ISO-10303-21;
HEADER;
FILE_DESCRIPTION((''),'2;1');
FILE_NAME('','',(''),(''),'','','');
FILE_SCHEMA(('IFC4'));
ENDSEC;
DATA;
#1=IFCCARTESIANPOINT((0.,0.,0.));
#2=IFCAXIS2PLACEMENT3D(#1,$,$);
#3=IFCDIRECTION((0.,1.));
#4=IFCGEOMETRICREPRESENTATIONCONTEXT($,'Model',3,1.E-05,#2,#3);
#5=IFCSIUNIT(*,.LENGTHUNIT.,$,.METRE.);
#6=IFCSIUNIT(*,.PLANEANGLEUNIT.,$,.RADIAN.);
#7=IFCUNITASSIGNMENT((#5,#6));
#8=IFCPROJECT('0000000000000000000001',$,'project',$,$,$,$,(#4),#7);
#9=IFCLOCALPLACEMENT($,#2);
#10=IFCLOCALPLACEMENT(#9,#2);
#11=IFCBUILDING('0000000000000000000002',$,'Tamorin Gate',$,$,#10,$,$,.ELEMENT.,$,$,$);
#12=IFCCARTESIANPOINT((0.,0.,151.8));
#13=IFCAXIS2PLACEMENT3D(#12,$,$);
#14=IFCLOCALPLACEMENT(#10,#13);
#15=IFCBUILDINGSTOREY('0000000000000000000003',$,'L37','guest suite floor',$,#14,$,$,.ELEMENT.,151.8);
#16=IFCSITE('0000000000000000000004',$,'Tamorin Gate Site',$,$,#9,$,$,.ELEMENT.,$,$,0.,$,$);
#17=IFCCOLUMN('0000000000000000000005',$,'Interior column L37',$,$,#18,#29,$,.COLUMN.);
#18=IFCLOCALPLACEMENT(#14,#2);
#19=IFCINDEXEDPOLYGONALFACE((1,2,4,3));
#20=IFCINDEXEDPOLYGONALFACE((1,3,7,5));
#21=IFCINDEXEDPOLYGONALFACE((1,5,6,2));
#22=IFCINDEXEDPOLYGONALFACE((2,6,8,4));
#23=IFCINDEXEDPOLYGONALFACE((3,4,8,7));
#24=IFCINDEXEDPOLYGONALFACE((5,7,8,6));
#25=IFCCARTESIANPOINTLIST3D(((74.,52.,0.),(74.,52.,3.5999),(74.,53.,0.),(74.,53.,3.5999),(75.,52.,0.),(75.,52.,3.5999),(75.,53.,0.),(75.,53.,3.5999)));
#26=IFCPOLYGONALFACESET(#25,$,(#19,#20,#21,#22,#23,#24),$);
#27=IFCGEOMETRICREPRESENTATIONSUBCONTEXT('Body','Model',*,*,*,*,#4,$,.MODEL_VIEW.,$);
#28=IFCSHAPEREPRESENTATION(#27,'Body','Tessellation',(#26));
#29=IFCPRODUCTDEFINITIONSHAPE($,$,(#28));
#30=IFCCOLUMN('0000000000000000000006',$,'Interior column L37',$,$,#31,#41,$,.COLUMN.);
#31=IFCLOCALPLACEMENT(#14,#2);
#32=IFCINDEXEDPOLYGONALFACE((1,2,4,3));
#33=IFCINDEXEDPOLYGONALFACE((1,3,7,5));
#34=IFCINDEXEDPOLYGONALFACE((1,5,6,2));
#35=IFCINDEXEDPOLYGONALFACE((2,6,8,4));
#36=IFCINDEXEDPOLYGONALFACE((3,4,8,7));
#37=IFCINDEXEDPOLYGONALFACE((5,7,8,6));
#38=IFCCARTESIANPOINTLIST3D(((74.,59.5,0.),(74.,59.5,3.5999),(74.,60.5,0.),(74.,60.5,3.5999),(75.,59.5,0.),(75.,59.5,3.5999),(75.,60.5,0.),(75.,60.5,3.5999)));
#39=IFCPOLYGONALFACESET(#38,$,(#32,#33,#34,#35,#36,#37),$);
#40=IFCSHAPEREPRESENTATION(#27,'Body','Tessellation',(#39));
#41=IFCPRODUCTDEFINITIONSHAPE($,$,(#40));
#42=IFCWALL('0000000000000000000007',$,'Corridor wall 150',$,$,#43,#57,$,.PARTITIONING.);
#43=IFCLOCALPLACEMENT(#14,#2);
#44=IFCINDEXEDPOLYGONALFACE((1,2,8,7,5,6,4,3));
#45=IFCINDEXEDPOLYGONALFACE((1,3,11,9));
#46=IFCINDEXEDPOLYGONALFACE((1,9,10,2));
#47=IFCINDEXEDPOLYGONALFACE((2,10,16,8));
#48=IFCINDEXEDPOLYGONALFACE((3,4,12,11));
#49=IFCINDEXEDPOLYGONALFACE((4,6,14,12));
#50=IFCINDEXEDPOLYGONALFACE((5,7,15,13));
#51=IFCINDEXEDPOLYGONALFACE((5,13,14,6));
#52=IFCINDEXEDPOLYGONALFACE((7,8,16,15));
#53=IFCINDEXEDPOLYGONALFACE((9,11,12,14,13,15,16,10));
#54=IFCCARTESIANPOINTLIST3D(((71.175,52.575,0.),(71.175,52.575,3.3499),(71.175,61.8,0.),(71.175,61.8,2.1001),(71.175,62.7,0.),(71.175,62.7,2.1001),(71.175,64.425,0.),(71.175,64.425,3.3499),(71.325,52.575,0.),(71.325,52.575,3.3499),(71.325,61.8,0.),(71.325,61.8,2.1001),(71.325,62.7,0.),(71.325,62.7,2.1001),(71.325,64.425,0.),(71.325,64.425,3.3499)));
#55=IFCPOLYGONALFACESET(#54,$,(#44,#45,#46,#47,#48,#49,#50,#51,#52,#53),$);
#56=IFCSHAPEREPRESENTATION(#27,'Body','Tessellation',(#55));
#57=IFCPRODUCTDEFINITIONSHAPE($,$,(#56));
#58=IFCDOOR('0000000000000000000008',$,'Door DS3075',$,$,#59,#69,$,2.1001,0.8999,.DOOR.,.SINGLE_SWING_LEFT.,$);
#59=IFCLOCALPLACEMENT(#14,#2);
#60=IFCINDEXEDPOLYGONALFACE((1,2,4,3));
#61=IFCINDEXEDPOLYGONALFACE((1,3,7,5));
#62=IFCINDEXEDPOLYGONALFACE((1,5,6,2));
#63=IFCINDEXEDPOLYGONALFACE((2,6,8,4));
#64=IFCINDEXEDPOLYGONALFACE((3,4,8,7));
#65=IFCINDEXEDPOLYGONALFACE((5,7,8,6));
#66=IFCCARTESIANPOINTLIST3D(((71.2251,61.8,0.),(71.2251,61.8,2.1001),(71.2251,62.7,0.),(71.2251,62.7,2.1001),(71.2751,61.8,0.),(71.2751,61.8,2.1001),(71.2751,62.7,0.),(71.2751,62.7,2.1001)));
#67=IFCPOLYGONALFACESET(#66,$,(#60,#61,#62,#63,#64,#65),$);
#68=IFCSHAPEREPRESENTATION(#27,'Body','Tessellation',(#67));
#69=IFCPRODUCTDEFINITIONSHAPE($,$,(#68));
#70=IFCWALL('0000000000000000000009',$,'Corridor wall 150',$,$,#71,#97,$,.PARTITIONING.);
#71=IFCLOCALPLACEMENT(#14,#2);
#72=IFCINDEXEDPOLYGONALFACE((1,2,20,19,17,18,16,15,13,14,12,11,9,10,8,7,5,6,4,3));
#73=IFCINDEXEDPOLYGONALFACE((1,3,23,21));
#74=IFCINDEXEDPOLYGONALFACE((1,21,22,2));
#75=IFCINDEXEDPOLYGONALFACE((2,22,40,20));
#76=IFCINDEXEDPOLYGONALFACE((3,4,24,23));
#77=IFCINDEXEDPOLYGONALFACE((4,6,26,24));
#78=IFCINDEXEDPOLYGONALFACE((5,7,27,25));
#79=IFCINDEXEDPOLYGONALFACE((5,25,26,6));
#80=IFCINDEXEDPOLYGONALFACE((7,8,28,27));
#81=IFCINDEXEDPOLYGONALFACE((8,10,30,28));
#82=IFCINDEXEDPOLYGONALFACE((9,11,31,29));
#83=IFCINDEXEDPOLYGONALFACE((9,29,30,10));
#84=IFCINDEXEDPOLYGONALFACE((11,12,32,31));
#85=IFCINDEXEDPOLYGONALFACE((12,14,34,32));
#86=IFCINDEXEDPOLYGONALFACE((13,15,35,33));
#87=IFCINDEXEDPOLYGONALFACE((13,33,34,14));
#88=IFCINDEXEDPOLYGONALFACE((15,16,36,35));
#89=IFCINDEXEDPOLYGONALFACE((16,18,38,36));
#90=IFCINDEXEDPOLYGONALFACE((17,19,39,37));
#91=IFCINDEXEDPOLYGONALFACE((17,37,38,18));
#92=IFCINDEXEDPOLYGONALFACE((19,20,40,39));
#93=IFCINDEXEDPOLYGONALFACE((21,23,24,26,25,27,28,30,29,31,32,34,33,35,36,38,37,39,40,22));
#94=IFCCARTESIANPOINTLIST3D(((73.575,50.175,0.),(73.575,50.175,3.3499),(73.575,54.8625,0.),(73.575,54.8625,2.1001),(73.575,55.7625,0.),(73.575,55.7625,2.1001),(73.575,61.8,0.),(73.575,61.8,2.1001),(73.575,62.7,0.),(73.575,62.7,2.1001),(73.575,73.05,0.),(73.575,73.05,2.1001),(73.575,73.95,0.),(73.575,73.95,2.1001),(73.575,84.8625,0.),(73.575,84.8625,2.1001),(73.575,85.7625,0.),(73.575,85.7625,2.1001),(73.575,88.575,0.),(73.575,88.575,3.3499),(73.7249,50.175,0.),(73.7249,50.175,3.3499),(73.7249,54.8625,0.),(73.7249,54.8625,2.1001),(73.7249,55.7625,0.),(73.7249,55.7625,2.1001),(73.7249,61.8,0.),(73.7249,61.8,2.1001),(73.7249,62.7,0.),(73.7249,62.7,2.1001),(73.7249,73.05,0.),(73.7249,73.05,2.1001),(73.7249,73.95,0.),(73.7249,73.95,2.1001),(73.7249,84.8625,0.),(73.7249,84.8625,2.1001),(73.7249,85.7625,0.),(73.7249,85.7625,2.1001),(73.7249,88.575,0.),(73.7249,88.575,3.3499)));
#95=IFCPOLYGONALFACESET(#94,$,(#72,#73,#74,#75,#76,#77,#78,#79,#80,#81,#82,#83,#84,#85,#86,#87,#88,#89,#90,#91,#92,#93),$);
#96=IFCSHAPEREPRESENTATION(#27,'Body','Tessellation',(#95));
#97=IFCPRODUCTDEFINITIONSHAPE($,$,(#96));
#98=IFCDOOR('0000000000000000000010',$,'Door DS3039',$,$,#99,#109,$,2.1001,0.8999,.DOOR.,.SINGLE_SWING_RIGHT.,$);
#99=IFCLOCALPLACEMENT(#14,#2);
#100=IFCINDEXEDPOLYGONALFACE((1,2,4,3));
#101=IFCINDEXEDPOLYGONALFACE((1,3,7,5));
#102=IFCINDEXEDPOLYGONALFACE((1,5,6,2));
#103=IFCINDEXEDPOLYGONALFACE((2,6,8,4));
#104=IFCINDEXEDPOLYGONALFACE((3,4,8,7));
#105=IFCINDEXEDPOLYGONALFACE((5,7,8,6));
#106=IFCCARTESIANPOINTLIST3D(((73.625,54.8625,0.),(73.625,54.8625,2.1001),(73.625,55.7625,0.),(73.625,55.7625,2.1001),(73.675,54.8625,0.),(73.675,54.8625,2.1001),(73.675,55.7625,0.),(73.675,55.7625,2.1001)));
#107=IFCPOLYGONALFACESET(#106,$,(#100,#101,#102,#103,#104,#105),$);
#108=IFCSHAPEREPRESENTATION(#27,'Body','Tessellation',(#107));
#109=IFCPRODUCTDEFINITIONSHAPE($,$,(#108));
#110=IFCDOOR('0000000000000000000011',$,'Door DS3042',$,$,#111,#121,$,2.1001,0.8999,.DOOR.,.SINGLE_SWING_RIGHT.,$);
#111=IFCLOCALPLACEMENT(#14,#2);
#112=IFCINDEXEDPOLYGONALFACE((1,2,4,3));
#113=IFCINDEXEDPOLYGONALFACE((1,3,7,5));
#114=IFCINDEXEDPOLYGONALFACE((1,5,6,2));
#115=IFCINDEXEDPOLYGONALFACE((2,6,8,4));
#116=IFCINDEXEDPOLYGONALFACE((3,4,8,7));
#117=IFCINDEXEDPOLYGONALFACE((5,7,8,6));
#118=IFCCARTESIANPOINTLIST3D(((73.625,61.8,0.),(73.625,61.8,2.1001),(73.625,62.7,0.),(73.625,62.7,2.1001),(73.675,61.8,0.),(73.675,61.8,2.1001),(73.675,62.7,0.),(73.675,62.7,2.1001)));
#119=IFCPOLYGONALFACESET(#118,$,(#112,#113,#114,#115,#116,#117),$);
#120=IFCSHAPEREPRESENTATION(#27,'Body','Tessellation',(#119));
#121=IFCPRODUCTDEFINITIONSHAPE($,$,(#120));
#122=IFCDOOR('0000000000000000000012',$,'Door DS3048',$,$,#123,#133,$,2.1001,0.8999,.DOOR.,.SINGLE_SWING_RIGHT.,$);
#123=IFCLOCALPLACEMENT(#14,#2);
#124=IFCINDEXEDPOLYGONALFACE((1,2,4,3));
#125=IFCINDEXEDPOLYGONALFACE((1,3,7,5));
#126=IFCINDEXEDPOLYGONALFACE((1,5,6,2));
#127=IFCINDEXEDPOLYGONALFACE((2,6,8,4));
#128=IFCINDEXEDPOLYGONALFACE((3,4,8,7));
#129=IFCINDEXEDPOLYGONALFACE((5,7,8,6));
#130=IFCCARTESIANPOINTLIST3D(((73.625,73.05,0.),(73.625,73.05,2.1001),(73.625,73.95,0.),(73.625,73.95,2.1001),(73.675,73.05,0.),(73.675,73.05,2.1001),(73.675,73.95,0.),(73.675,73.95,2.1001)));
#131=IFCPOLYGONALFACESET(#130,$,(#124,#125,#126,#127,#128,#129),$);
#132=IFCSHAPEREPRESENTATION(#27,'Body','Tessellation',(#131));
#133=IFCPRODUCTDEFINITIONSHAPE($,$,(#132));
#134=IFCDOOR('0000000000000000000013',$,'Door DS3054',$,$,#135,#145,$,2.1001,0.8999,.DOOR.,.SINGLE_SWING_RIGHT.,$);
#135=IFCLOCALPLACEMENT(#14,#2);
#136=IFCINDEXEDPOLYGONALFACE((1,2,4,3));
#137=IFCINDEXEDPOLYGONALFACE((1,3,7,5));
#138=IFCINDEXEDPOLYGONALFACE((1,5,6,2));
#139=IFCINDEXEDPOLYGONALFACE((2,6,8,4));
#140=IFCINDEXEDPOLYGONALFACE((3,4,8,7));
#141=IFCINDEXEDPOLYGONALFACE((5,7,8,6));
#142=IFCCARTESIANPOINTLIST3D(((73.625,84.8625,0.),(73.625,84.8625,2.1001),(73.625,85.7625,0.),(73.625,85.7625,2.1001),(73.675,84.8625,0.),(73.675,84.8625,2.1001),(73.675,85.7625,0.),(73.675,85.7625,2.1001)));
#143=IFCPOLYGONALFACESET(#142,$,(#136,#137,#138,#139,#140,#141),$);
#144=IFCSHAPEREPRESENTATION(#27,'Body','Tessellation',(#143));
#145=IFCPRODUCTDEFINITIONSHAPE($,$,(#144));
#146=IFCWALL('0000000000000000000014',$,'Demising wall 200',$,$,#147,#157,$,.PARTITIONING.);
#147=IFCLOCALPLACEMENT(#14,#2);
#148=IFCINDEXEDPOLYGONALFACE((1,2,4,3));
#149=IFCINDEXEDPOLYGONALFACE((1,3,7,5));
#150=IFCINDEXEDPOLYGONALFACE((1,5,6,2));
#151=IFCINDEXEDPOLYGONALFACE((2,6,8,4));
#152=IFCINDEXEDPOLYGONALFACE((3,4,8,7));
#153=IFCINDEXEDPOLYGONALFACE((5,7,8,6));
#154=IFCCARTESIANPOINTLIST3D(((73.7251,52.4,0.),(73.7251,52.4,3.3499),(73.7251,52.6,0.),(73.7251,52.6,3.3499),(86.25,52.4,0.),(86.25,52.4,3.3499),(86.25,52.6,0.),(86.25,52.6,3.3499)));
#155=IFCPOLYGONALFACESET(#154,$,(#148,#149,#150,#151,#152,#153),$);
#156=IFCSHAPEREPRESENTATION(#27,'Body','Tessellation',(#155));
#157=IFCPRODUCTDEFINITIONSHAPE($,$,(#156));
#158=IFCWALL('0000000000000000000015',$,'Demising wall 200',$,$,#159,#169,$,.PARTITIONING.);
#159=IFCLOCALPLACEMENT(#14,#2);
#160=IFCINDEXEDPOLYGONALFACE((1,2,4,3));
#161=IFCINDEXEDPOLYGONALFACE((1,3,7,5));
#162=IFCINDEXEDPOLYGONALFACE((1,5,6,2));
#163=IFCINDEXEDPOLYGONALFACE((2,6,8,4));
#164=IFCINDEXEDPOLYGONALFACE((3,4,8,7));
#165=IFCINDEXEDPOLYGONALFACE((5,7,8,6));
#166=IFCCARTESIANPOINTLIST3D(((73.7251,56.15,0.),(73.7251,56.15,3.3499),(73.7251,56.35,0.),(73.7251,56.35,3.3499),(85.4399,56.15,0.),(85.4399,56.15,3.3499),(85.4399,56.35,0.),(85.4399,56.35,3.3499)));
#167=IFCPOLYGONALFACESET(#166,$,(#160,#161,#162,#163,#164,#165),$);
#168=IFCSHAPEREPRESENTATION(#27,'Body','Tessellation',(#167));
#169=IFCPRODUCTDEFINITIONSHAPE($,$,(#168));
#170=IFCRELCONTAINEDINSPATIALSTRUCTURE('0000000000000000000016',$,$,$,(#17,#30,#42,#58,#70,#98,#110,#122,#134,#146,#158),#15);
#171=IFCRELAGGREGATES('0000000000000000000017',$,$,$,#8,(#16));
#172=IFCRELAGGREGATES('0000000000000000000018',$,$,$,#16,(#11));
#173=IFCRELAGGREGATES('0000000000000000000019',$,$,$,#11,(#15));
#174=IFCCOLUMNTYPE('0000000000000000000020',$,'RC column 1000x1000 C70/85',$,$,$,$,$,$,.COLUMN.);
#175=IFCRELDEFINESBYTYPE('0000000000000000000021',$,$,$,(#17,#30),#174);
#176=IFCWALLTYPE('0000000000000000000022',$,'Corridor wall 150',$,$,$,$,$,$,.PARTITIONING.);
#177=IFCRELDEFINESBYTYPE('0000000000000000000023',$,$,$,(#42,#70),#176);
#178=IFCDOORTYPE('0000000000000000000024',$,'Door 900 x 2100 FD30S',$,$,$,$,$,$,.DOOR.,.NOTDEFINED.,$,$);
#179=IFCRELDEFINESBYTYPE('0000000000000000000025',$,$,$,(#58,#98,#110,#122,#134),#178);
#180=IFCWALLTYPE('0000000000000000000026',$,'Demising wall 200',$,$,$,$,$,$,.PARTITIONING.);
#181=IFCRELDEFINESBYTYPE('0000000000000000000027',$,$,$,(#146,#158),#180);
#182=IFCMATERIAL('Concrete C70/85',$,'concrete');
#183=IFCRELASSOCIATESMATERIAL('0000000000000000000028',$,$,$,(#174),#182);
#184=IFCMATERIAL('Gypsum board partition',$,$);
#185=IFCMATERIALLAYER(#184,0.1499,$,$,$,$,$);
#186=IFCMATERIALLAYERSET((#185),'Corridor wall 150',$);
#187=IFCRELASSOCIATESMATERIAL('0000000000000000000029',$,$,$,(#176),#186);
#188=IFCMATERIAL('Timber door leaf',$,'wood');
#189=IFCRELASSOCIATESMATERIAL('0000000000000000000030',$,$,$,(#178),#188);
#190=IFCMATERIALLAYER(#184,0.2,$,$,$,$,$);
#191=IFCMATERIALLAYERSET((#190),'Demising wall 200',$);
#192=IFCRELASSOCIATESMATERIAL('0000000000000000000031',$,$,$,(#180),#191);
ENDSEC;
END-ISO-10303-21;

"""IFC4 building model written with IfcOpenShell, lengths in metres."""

from ifc_helpers import new_model, si_unit, direction, frame, frame_2d, origin, origin_2d, place, context, subcontext, project, spatial, rectangle, extrude, material, layer, layer_set, material_profile, profile_set, type_object, element, fill, save


model = new_model("IFC4")

# Units and contexts
model_context = context("Model", 3, precision=1e-05, world=origin(), true_north=direction((0.0, 1.0)))
body_context = subcontext(model_context, "Body", "Model", "MODEL_VIEW")
ifc_project = project(units=[si_unit("LENGTHUNIT", "METRE"), si_unit("PLANEANGLEUNIT", "RADIAN")], contexts=[model_context])

# Site, building, storey
site_placement = place(None, origin())
site = spatial("IfcSite", under=ifc_project, at=site_placement, Name="Tamorin Gate Site", CompositionType="ELEMENT", RefElevation=0.0)
building_placement = place(site_placement, origin())
building = spatial("IfcBuilding", under=site, at=building_placement, Name="Tamorin Gate", CompositionType="ELEMENT")
storey_placement = place(building_placement, frame((0.0, 0.0, 151.8)))
storey = spatial("IfcBuildingStorey", under=building, at=storey_placement, Name="L37", Description="guest suite floor", CompositionType="ELEMENT", Elevation=151.8)

# Columns
ifc_material_1 = material(Name="Concrete C70/85", Category="concrete")
ifc_material_profile = material_profile(ifc_material_1, rectangle(XDim=1.0, YDim=1.0, at=origin_2d()), Name="RC 1000x1000")
ifc_profile_set = profile_set([ifc_material_profile], Name="Concrete C70/85")
column_type = type_object("IfcColumnType", Name="RC column 1000x1000 C70/85", PredefinedType="COLUMN", material=ifc_profile_set)
for number, where, z_axis, x_axis, name in (
    (1, (74.5, 52.5, 0.0), (0.0, 0.0, 1.0), (1.0, 0.0, 0.0), "Interior column L37"),
    (2, (74.5, 60.0, 0.0), (0.0, 0.0, 1.0), (1.0, 0.0, 0.0), "Interior column L37"),
):
    element("IfcColumn", number, at=place(storey_placement, frame(where, z_axis=z_axis, x_axis=x_axis)), inside=storey, type_object=column_type, Name=name, PredefinedType="COLUMN", context=body_context, shape_type="SweptSolid", body=[
        extrude(rectangle(XDim=1.0, YDim=1.0, at=origin_2d()), origin(), (0.0, 0.0, 1.0), 3.5999),
    ])

# Wall, opening, door
ifc_material_2 = material(Name="Gypsum board partition")
ifc_layer_1 = layer(ifc_material_2, 0.1499)
ifc_layer_set_1 = layer_set([ifc_layer_1], Name="Corridor wall 150")
wall_type_1 = type_object("IfcWallType", Name="Corridor wall 150", PredefinedType="PARTITIONING", material=ifc_layer_set_1)
wall_1_placement = place(storey_placement, frame((71.25, 52.575, 0.0), z_axis=(0.0, 0.0, 1.0), x_axis=(0.0, 1.0, 0.0)))
wall_1 = element("IfcWall", 3, at=wall_1_placement, inside=storey, type_object=wall_type_1, Name="Corridor wall 150", PredefinedType="PARTITIONING", context=body_context, shape_type="SweptSolid", body=[
    extrude(rectangle(XDim=11.8501, YDim=0.1499, at=frame_2d((5.925, 0.0))), origin(), (0.0, 0.0, 1.0), 3.3499),
])
opening_1_placement = place(wall_1_placement, frame((9.2251, 0.0, 0.0)))
opening_1 = element("IfcOpeningElement", 4, at=opening_1_placement, cuts=wall_1, PredefinedType="OPENING", context=body_context, shape_type="SweptSolid", body=[
    extrude(rectangle(XDim=0.8999, YDim=2.1001, at=frame_2d((0.45, 1.05))), frame((0.0, 0.085, 0.0), z_axis=(0.0, -1.0, 0.0), x_axis=(1.0, 0.0, 0.0)), (0.0, 0.0, 1.0), 0.1699),
])
ifc_material_3 = material(Name="Timber door leaf", Category="wood")
door_type_1 = type_object("IfcDoorType", Name="Door 900 x 2100 FD30S", OperationType="NOTDEFINED", PredefinedType="DOOR", material=ifc_material_3)
door_1_placement = place(opening_1_placement, origin())
door_1 = element("IfcDoor", 5, at=door_1_placement, inside=storey, type_object=door_type_1, Name="Door DS3075", OperationType="SINGLE_SWING_LEFT", OverallHeight=2.1001, OverallWidth=0.8999, PredefinedType="DOOR", context=body_context, shape_type="SweptSolid", body=[
    extrude(rectangle(XDim=0.8999, YDim=2.1001, at=frame_2d((0.45, 1.05))), frame((0.0, 0.0249, 0.0), z_axis=(0.0, -1.0, 0.0), x_axis=(1.0, 0.0, 0.0)), (0.0, 0.0, 1.0), 0.05),
])
fill(opening_1, door_1)

# Wall, openings, doors
wall_2_placement = place(storey_placement, frame((73.6499, 50.175, 0.0), z_axis=(0.0, 0.0, 1.0), x_axis=(0.0, 1.0, 0.0)))
wall_2 = element("IfcWall", 6, at=wall_2_placement, inside=storey, type_object=wall_type_1, Name="Corridor wall 150", PredefinedType="PARTITIONING", context=body_context, shape_type="SweptSolid", body=[
    extrude(rectangle(XDim=38.3999, YDim=0.1499, at=frame_2d((19.2, 0.0))), origin(), (0.0, 0.0, 1.0), 3.3499),
])
opening_2_placement = place(wall_2_placement, frame((4.6875, 0.0, 0.0)))
opening_2 = element("IfcOpeningElement", 7, at=opening_2_placement, cuts=wall_2, PredefinedType="OPENING", context=body_context, shape_type="SweptSolid", body=[
    extrude(rectangle(XDim=0.8999, YDim=2.1001, at=frame_2d((0.45, 1.05))), frame((0.0, 0.085, 0.0), z_axis=(0.0, -1.0, 0.0), x_axis=(1.0, 0.0, 0.0)), (0.0, 0.0, 1.0), 0.1699),
])
opening_3_placement = place(wall_2_placement, frame((11.625, 0.0, 0.0)))
opening_3 = element("IfcOpeningElement", 8, at=opening_3_placement, cuts=wall_2, PredefinedType="OPENING", context=body_context, shape_type="SweptSolid", body=[
    extrude(rectangle(XDim=0.8999, YDim=2.1001, at=frame_2d((0.45, 1.05))), frame((0.0, 0.085, 0.0), z_axis=(0.0, -1.0, 0.0), x_axis=(1.0, 0.0, 0.0)), (0.0, 0.0, 1.0), 0.1699),
])
opening_4_placement = place(wall_2_placement, frame((22.875, 0.0, 0.0)))
opening_4 = element("IfcOpeningElement", 9, at=opening_4_placement, cuts=wall_2, PredefinedType="OPENING", context=body_context, shape_type="SweptSolid", body=[
    extrude(rectangle(XDim=0.8999, YDim=2.1001, at=frame_2d((0.45, 1.05))), frame((0.0, 0.085, 0.0), z_axis=(0.0, -1.0, 0.0), x_axis=(1.0, 0.0, 0.0)), (0.0, 0.0, 1.0), 0.1699),
])
opening_5_placement = place(wall_2_placement, frame((34.6875, 0.0, 0.0)))
opening_5 = element("IfcOpeningElement", 10, at=opening_5_placement, cuts=wall_2, PredefinedType="OPENING", context=body_context, shape_type="SweptSolid", body=[
    extrude(rectangle(XDim=0.8999, YDim=2.1001, at=frame_2d((0.45, 1.05))), frame((0.0, 0.085, 0.0), z_axis=(0.0, -1.0, 0.0), x_axis=(1.0, 0.0, 0.0)), (0.0, 0.0, 1.0), 0.1699),
])
door_2_placement = place(opening_2_placement, origin())
door_2 = element("IfcDoor", 11, at=door_2_placement, inside=storey, type_object=door_type_1, Name="Door DS3039", OperationType="SINGLE_SWING_RIGHT", OverallHeight=2.1001, OverallWidth=0.8999, PredefinedType="DOOR", context=body_context, shape_type="SweptSolid", body=[
    extrude(rectangle(XDim=0.8999, YDim=2.1001, at=frame_2d((0.45, 1.05))), frame((0.0, 0.0249, 0.0), z_axis=(0.0, -1.0, 0.0), x_axis=(1.0, 0.0, 0.0)), (0.0, 0.0, 1.0), 0.05),
])
fill(opening_2, door_2)
door_3_placement = place(opening_3_placement, origin())
door_3 = element("IfcDoor", 12, at=door_3_placement, inside=storey, type_object=door_type_1, Name="Door DS3042", OperationType="SINGLE_SWING_RIGHT", OverallHeight=2.1001, OverallWidth=0.8999, PredefinedType="DOOR", context=body_context, shape_type="SweptSolid", body=[
    extrude(rectangle(XDim=0.8999, YDim=2.1001, at=frame_2d((0.45, 1.05))), frame((0.0, 0.0249, 0.0), z_axis=(0.0, -1.0, 0.0), x_axis=(1.0, 0.0, 0.0)), (0.0, 0.0, 1.0), 0.05),
])
fill(opening_3, door_3)
door_4_placement = place(opening_4_placement, origin())
door_4 = element("IfcDoor", 13, at=door_4_placement, inside=storey, type_object=door_type_1, Name="Door DS3048", OperationType="SINGLE_SWING_RIGHT", OverallHeight=2.1001, OverallWidth=0.8999, PredefinedType="DOOR", context=body_context, shape_type="SweptSolid", body=[
    extrude(rectangle(XDim=0.8999, YDim=2.1001, at=frame_2d((0.45, 1.05))), frame((0.0, 0.0249, 0.0), z_axis=(0.0, -1.0, 0.0), x_axis=(1.0, 0.0, 0.0)), (0.0, 0.0, 1.0), 0.05),
])
fill(opening_4, door_4)
door_5_placement = place(opening_5_placement, origin())
door_5 = element("IfcDoor", 14, at=door_5_placement, inside=storey, type_object=door_type_1, Name="Door DS3054", OperationType="SINGLE_SWING_RIGHT", OverallHeight=2.1001, OverallWidth=0.8999, PredefinedType="DOOR", context=body_context, shape_type="SweptSolid", body=[
    extrude(rectangle(XDim=0.8999, YDim=2.1001, at=frame_2d((0.45, 1.05))), frame((0.0, 0.0249, 0.0), z_axis=(0.0, -1.0, 0.0), x_axis=(1.0, 0.0, 0.0)), (0.0, 0.0, 1.0), 0.05),
])
fill(opening_5, door_5)

# Walls
ifc_layer_2 = layer(ifc_material_2, 0.2)
ifc_layer_set_2 = layer_set([ifc_layer_2], Name="Demising wall 200")
wall_type_2 = type_object("IfcWallType", Name="Demising wall 200", PredefinedType="PARTITIONING", material=ifc_layer_set_2)
wall_3_placement = place(storey_placement, frame((73.7251, 52.5, 0.0), z_axis=(0.0, 0.0, 1.0), x_axis=(1.0, 0.0, 0.0)))
element("IfcWall", 15, at=wall_3_placement, inside=storey, type_object=wall_type_2, Name="Demising wall 200", PredefinedType="PARTITIONING", context=body_context, shape_type="SweptSolid", body=[
    extrude(rectangle(XDim=12.5249, YDim=0.2, at=frame_2d((6.2625, 0.0))), origin(), (0.0, 0.0, 1.0), 3.3499),
])
wall_4_placement = place(storey_placement, frame((73.7251, 56.25, 0.0), z_axis=(0.0, 0.0, 1.0), x_axis=(1.0, 0.0, 0.0)))
element("IfcWall", 16, at=wall_4_placement, inside=storey, type_object=wall_type_2, Name="Demising wall 200", PredefinedType="PARTITIONING", context=body_context, shape_type="SweptSolid", body=[
    extrude(rectangle(XDim=11.7148, YDim=0.2, at=frame_2d((5.8574, 0.0))), origin(), (0.0, 0.0, 1.0), 3.3499),
])

save(model, "model.ifc")
